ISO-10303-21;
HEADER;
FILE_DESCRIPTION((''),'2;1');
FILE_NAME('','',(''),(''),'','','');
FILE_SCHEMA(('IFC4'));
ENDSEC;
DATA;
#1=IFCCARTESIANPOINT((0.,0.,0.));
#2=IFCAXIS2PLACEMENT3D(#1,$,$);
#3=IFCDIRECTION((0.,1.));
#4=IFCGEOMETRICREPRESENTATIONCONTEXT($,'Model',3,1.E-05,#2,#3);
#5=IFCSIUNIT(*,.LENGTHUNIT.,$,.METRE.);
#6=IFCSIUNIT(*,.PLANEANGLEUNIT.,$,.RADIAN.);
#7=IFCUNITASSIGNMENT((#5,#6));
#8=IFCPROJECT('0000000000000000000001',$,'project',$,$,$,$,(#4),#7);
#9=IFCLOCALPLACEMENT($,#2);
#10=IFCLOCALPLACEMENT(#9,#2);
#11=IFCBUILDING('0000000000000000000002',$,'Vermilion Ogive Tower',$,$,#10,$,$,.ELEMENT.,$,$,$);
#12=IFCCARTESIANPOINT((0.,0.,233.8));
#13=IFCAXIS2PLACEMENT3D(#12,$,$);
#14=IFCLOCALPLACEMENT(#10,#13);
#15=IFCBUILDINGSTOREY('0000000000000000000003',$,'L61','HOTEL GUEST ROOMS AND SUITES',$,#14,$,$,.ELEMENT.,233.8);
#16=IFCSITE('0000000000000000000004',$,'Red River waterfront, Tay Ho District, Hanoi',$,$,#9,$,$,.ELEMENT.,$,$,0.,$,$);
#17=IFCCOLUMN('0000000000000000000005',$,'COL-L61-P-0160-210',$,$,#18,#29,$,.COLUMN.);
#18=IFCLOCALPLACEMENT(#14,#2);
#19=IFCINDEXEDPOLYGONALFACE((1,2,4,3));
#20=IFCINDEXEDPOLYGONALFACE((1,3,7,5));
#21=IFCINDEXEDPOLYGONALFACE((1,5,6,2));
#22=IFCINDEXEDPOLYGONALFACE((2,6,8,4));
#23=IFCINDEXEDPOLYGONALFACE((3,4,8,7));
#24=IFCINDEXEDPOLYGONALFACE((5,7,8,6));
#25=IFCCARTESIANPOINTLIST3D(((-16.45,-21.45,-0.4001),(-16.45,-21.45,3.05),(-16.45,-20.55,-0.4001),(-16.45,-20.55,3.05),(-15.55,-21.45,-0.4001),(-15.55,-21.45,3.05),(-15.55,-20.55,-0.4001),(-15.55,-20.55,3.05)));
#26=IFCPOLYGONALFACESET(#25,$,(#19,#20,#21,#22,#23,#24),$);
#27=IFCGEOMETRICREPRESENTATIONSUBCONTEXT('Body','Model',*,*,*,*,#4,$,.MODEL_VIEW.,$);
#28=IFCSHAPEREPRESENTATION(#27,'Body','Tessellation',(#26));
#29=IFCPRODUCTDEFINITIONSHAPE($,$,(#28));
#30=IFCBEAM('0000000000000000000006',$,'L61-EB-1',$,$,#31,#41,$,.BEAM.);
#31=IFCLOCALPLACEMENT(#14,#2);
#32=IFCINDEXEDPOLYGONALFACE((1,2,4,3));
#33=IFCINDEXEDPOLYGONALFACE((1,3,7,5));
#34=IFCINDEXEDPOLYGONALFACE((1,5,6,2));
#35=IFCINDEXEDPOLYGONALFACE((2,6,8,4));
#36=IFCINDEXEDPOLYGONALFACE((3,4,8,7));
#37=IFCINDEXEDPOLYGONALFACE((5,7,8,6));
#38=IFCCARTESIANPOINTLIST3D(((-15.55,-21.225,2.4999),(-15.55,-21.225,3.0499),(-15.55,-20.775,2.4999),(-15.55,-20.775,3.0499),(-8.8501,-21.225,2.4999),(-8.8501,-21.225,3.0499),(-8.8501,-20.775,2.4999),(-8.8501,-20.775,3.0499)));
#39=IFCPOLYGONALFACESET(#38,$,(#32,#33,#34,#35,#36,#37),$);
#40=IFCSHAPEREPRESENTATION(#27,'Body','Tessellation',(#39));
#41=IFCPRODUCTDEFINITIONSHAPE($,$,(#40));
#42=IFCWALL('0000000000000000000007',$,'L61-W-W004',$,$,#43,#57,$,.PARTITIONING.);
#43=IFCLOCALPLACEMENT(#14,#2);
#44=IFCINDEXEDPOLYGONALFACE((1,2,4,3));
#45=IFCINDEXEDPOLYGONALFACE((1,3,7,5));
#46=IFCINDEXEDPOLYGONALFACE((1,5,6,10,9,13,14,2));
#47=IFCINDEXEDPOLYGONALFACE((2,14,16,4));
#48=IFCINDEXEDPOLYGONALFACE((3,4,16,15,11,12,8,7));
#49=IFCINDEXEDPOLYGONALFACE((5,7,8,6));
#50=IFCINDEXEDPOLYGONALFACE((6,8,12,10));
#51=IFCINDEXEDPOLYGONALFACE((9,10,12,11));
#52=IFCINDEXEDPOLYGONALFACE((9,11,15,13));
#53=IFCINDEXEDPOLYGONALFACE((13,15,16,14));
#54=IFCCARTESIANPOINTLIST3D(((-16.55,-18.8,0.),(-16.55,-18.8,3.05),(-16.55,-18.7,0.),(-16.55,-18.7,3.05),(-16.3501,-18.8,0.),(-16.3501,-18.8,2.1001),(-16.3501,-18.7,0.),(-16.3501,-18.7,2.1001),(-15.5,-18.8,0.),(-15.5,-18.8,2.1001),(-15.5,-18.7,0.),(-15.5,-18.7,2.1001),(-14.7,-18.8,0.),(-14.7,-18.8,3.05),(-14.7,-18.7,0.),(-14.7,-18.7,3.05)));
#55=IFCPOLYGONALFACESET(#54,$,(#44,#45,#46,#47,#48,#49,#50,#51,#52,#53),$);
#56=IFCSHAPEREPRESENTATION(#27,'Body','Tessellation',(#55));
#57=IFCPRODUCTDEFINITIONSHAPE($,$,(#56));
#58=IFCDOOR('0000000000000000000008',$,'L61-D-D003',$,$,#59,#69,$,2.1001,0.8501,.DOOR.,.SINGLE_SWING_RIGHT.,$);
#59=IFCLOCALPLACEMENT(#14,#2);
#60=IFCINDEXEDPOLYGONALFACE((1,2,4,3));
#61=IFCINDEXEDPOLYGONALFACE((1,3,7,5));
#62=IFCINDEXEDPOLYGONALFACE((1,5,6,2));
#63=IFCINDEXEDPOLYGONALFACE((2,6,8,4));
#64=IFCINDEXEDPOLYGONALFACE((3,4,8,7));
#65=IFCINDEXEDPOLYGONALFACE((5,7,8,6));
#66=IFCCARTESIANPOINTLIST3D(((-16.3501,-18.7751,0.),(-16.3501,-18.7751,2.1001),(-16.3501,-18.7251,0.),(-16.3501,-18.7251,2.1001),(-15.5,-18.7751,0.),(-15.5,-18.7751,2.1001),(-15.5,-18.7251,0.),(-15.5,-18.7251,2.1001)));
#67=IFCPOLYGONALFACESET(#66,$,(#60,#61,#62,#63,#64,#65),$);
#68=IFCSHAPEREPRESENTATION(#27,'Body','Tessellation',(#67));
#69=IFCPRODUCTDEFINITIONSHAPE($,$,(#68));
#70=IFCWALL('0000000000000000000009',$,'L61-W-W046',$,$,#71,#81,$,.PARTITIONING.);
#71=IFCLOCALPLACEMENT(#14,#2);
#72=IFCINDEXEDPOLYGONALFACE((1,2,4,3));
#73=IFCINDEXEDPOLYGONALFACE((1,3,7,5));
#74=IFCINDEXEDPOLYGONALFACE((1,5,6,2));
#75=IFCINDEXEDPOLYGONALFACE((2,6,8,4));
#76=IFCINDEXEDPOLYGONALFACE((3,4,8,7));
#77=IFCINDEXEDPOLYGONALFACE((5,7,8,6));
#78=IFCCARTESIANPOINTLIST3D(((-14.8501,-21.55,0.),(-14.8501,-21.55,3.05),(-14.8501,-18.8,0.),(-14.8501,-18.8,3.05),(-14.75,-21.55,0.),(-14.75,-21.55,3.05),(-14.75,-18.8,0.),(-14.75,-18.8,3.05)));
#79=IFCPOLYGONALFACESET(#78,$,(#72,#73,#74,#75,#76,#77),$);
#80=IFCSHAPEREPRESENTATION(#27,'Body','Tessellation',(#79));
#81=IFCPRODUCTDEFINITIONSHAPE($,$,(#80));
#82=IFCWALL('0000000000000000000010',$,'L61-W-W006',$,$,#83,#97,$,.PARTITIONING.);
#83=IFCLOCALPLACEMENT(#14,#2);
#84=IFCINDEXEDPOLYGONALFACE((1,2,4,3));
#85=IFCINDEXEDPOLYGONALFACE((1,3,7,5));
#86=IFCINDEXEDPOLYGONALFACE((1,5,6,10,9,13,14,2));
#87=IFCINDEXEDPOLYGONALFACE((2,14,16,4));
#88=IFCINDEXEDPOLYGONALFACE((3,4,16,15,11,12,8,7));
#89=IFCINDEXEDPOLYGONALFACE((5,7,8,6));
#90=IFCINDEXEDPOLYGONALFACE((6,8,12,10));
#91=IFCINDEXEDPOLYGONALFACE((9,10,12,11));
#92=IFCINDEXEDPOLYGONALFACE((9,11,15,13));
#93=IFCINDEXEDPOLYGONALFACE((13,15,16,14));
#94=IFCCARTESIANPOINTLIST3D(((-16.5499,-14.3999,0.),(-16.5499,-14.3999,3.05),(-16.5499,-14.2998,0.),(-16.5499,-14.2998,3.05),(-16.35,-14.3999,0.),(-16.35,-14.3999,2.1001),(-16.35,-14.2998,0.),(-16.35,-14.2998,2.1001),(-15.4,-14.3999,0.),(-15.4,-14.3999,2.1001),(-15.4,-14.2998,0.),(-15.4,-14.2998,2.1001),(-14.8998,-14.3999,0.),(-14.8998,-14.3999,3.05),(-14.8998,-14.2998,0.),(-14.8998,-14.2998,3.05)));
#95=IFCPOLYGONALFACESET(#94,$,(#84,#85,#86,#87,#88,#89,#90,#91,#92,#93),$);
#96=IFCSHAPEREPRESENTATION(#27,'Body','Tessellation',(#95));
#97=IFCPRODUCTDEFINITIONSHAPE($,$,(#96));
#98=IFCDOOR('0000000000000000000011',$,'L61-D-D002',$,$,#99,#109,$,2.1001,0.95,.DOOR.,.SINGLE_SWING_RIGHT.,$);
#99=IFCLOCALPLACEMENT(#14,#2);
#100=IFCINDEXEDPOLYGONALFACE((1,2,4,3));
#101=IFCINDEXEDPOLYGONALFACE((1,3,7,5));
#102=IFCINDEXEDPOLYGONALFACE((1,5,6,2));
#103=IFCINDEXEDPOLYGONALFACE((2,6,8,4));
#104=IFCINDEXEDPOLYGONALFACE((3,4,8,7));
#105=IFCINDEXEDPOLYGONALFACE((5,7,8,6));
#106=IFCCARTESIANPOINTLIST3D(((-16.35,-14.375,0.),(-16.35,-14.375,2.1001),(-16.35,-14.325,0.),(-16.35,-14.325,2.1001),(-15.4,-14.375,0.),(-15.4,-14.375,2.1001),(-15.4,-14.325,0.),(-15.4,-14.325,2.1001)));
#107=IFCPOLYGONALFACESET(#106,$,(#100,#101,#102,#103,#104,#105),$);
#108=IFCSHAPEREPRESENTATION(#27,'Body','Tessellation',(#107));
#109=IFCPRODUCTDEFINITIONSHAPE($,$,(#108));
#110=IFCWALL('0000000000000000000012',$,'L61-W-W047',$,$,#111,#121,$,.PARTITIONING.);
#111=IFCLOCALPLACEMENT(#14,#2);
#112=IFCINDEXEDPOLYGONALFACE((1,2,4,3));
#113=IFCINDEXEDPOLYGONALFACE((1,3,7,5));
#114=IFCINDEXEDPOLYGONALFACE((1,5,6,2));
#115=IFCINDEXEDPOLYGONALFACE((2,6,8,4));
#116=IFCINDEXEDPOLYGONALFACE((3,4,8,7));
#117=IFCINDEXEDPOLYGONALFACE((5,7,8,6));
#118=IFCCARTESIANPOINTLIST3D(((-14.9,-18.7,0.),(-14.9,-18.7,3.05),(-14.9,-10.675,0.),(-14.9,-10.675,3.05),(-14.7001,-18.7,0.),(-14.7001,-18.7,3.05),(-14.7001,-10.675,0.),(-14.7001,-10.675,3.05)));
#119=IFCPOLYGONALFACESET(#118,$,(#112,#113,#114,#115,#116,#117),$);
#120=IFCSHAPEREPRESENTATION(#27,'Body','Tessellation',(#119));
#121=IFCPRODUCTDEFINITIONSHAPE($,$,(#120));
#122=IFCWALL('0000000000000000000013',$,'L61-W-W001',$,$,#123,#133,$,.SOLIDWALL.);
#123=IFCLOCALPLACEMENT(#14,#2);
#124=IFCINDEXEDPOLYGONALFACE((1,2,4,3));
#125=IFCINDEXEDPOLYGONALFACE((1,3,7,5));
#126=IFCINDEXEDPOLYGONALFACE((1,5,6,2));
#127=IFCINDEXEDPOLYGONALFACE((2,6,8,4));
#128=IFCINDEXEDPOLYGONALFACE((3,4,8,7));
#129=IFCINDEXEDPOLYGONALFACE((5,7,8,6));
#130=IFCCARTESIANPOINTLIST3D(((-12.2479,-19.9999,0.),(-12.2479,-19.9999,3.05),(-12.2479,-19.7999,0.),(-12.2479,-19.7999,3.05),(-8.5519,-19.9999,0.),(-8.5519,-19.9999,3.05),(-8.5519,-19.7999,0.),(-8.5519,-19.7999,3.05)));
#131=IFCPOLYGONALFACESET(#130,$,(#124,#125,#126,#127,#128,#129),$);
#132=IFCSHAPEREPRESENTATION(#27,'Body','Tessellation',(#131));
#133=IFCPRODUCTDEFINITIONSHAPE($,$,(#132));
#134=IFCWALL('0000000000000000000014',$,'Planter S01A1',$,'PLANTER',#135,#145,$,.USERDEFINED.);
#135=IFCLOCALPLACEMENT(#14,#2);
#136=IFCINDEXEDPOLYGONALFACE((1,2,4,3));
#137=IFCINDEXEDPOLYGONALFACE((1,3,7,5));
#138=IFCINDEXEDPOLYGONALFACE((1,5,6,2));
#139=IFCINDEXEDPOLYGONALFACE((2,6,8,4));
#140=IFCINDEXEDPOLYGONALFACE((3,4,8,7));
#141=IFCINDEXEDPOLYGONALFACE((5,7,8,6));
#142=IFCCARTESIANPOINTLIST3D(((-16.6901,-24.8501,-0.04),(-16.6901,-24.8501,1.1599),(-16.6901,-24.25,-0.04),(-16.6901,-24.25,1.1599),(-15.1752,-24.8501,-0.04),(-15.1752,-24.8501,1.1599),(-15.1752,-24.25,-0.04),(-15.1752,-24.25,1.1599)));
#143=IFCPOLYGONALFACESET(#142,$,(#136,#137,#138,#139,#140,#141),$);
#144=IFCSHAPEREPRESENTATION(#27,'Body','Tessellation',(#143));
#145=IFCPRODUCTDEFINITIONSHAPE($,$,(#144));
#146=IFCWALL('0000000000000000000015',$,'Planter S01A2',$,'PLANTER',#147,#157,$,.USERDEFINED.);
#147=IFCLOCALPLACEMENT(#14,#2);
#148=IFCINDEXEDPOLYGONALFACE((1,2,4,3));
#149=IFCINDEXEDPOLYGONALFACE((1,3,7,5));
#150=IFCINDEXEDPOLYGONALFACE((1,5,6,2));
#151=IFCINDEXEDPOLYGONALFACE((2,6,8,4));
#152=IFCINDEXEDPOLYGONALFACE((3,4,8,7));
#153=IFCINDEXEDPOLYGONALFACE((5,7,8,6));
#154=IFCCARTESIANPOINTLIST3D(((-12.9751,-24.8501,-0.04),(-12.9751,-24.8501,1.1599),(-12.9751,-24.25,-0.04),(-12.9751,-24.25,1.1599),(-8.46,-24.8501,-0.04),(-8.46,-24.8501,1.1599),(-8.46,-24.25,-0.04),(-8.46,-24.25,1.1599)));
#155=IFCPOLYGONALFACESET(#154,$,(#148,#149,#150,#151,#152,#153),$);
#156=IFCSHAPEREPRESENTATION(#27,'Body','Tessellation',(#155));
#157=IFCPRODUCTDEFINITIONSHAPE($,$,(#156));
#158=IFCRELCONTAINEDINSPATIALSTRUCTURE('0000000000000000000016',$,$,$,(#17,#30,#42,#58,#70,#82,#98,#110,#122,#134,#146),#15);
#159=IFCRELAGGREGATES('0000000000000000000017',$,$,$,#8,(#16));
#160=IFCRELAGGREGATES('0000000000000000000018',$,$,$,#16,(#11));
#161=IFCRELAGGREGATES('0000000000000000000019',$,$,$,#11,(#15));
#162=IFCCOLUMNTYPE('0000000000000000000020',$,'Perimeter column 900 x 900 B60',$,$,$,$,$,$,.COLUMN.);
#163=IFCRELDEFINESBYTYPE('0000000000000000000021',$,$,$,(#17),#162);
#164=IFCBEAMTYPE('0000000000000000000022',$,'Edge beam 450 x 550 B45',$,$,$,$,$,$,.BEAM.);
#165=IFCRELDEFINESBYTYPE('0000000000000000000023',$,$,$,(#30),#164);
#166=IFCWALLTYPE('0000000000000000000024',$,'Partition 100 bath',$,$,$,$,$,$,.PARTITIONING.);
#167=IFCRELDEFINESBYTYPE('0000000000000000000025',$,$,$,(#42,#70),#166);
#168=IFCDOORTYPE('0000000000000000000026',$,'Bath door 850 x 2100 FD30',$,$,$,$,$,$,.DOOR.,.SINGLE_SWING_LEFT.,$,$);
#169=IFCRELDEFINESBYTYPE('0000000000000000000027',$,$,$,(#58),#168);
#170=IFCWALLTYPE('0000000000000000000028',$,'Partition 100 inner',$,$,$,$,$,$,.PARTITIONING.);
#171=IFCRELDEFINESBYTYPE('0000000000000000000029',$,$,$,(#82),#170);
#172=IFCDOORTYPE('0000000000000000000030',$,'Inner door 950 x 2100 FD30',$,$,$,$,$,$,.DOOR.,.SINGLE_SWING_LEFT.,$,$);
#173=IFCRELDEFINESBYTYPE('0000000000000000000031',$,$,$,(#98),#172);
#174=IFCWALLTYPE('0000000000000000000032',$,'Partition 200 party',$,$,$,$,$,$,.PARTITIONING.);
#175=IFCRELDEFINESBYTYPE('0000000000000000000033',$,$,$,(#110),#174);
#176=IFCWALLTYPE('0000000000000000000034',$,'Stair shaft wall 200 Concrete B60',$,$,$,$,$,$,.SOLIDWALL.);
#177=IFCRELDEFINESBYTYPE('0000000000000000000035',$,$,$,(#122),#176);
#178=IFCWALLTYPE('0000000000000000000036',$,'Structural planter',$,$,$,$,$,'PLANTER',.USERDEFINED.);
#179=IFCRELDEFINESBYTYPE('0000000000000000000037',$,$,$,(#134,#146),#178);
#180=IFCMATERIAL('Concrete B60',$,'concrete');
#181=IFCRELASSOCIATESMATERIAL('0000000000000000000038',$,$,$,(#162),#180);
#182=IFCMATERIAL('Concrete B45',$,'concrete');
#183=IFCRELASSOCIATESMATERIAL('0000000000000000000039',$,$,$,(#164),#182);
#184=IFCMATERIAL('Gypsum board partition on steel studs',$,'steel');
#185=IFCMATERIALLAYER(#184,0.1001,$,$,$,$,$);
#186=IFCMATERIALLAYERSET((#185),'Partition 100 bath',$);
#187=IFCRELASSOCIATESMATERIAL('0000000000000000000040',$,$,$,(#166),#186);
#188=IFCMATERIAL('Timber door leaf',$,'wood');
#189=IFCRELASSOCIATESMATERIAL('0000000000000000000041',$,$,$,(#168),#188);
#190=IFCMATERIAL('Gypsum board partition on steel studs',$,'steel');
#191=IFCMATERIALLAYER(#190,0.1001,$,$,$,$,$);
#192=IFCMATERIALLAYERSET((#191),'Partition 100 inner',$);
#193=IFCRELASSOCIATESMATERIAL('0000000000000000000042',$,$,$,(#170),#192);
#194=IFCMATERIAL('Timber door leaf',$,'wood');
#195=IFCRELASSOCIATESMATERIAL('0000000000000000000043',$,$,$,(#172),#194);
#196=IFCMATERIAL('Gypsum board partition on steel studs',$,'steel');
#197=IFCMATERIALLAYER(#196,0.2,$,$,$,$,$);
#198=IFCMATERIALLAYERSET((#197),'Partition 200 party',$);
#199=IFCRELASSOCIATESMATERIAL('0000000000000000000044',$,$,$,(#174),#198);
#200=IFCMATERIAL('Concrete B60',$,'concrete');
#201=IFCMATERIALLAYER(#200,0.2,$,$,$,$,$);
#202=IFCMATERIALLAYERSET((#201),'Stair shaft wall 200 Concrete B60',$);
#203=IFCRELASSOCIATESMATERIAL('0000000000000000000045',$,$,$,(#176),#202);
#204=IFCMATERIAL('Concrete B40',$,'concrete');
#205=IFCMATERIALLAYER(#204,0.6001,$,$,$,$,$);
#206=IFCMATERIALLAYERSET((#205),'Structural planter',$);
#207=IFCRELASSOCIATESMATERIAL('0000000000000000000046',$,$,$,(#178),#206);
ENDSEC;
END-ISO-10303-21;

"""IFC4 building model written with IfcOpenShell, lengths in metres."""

from ifc_helpers import new_model, si_unit, direction, frame, frame_2d, origin, origin_2d, place, context, subcontext, project, spatial, rectangle, extrude, material, layer, layer_set, material_profile, profile_set, type_object, element, fill, save


model = new_model("IFC4")

# Units and contexts
model_context = context("Model", 3, precision=1e-05, world=origin(), true_north=direction((0.0, 1.0)))
body_context = subcontext(model_context, "Body", "Model", "MODEL_VIEW")
ifc_project = project(units=[si_unit("LENGTHUNIT", "METRE"), si_unit("PLANEANGLEUNIT", "RADIAN")], contexts=[model_context])

# Site, building, storey
site_placement = place(None, origin())
site = spatial("IfcSite", under=ifc_project, at=site_placement, Name="Red River waterfront, Tay Ho District, Hanoi", CompositionType="ELEMENT", RefElevation=0.0)
building_placement = place(site_placement, origin())
building = spatial("IfcBuilding", under=site, at=building_placement, Name="Vermilion Ogive Tower", CompositionType="ELEMENT")
storey_placement = place(building_placement, frame((0.0, 0.0, 233.8)))
storey = spatial("IfcBuildingStorey", under=building, at=storey_placement, Name="L61", Description="HOTEL GUEST ROOMS AND SUITES", CompositionType="ELEMENT", Elevation=233.8)

# Column
ifc_material_1 = material(Name="Concrete B60", Category="concrete")
ifc_material_profile_1 = material_profile(ifc_material_1, rectangle(XDim=0.8999, YDim=0.8999, at=origin_2d()), Name="900 x 900")
ifc_profile_set_1 = profile_set([ifc_material_profile_1], Name="Concrete B60")
column_type = type_object("IfcColumnType", Name="Perimeter column 900 x 900 B60", PredefinedType="COLUMN", material=ifc_profile_set_1)
column_placement = place(storey_placement, frame((-16.0, -21.0, -0.4001), z_axis=(0.0, 0.0, 1.0), x_axis=(1.0, 0.0, 0.0)))
element("IfcColumn", 1, at=column_placement, inside=storey, type_object=column_type, Name="COL-L61-P-0160-210", PredefinedType="COLUMN", context=body_context, shape_type="SweptSolid", body=[
    extrude(rectangle(XDim=0.8999, YDim=0.8999, at=origin_2d()), origin(), (0.0, 0.0, 1.0), 3.4502),
])

# Beam
ifc_material_2 = material(Name="Concrete B45", Category="concrete")
ifc_material_profile_2 = material_profile(ifc_material_2, rectangle(XDim=0.45, YDim=0.55, at=origin_2d()), Name="450 x 550")
ifc_profile_set_2 = profile_set([ifc_material_profile_2], Name="Concrete B45")
beam_type = type_object("IfcBeamType", Name="Edge beam 450 x 550 B45", PredefinedType="BEAM", material=ifc_profile_set_2)
beam_placement = place(storey_placement, frame((-15.55, -21.0, 2.7749), z_axis=(1.0, 0.0, 0.0), x_axis=(0.0, 1.0, 0.0)))
element("IfcBeam", 2, at=beam_placement, inside=storey, type_object=beam_type, Name="L61-EB-1", PredefinedType="BEAM", context=body_context, shape_type="SweptSolid", body=[
    extrude(rectangle(XDim=0.45, YDim=0.55, at=origin_2d()), origin(), (0.0, 0.0, 1.0), 6.7),
])

# Wall, opening, door
ifc_material_3 = material(Name="Gypsum board partition on steel studs", Category="steel")
ifc_layer_1 = layer(ifc_material_3, 0.1001)
ifc_layer_set_1 = layer_set([ifc_layer_1], Name="Partition 100 bath")
wall_type_1 = type_object("IfcWallType", Name="Partition 100 bath", PredefinedType="PARTITIONING", material=ifc_layer_set_1)
wall_1_placement = place(storey_placement, frame((-16.55, -18.75, 0.0), z_axis=(0.0, 0.0, 1.0), x_axis=(1.0, 0.0, 0.0)))
wall_1 = element("IfcWall", 3, at=wall_1_placement, inside=storey, type_object=wall_type_1, Name="L61-W-W004", PredefinedType="PARTITIONING", context=body_context, shape_type="SweptSolid", body=[
    extrude(rectangle(XDim=1.8501, YDim=0.1001, at=frame_2d((0.925, 0.0))), origin(), (0.0, 0.0, 1.0), 3.05),
])
opening_1_placement = place(wall_1_placement, frame((0.2, 0.0, 0.0)))
opening_1 = element("IfcOpeningElement", 4, at=opening_1_placement, cuts=wall_1, PredefinedType="OPENING", context=body_context, shape_type="SweptSolid", body=[
    extrude(rectangle(XDim=0.8501, YDim=2.1001, at=frame_2d((0.425, 1.05))), frame((0.0, 0.0601, 0.0), z_axis=(0.0, -1.0, 0.0), x_axis=(1.0, 0.0, 0.0)), (0.0, 0.0, 1.0), 0.1201),
])
ifc_material_4 = material(Name="Timber door leaf", Category="wood")
door_type_1 = type_object("IfcDoorType", Name="Bath door 850 x 2100 FD30", OperationType="SINGLE_SWING_LEFT", PredefinedType="DOOR", material=ifc_material_4)
door_1_placement = place(opening_1_placement, origin())
door_1 = element("IfcDoor", 5, at=door_1_placement, inside=storey, type_object=door_type_1, Name="L61-D-D003", OperationType="SINGLE_SWING_RIGHT", OverallHeight=2.1001, OverallWidth=0.8501, PredefinedType="DOOR", context=body_context, shape_type="SweptSolid", body=[
    extrude(rectangle(XDim=0.8501, YDim=2.1001, at=frame_2d((0.425, 1.05))), frame((0.0, 0.0249, 0.0), z_axis=(0.0, -1.0, 0.0), x_axis=(1.0, 0.0, 0.0)), (0.0, 0.0, 1.0), 0.05),
])
fill(opening_1, door_1)

# Wall
wall_2_placement = place(storey_placement, frame((-14.8, -21.55, 0.0), z_axis=(0.0, 0.0, 1.0), x_axis=(0.0, 1.0, 0.0)))
element("IfcWall", 6, at=wall_2_placement, inside=storey, type_object=wall_type_1, Name="L61-W-W046", PredefinedType="PARTITIONING", context=body_context, shape_type="SweptSolid", body=[
    extrude(rectangle(XDim=2.75, YDim=0.1001, at=frame_2d((1.375, 0.0))), origin(), (0.0, 0.0, 1.0), 3.05),
])

# Wall, opening, door
ifc_material_5 = material(Name="Gypsum board partition on steel studs", Category="steel")
ifc_layer_2 = layer(ifc_material_5, 0.1001)
ifc_layer_set_2 = layer_set([ifc_layer_2], Name="Partition 100 inner")
wall_type_2 = type_object("IfcWallType", Name="Partition 100 inner", PredefinedType="PARTITIONING", material=ifc_layer_set_2)
wall_3_placement = place(storey_placement, frame((-16.55, -14.3499, 0.0), z_axis=(0.0, 0.0, 1.0), x_axis=(1.0, 0.0, 0.0)))
wall_3 = element("IfcWall", 7, at=wall_3_placement, inside=storey, type_object=wall_type_2, Name="L61-W-W006", PredefinedType="PARTITIONING", context=body_context, shape_type="SweptSolid", body=[
    extrude(rectangle(XDim=1.6501, YDim=0.1001, at=frame_2d((0.8252, 0.0))), origin(), (0.0, 0.0, 1.0), 3.05),
])
opening_2_placement = place(wall_3_placement, frame((0.2, 0.0, 0.0)))
opening_2 = element("IfcOpeningElement", 8, at=opening_2_placement, cuts=wall_3, PredefinedType="OPENING", context=body_context, shape_type="SweptSolid", body=[
    extrude(rectangle(XDim=0.95, YDim=2.1001, at=frame_2d((0.4751, 1.05))), frame((0.0, 0.0601, 0.0), z_axis=(0.0, -1.0, 0.0), x_axis=(1.0, 0.0, 0.0)), (0.0, 0.0, 1.0), 0.1201),
])
ifc_material_6 = material(Name="Timber door leaf", Category="wood")
door_type_2 = type_object("IfcDoorType", Name="Inner door 950 x 2100 FD30", OperationType="SINGLE_SWING_LEFT", PredefinedType="DOOR", material=ifc_material_6)
door_2_placement = place(opening_2_placement, origin())
door_2 = element("IfcDoor", 9, at=door_2_placement, inside=storey, type_object=door_type_2, Name="L61-D-D002", OperationType="SINGLE_SWING_RIGHT", OverallHeight=2.1001, OverallWidth=0.95, PredefinedType="DOOR", context=body_context, shape_type="SweptSolid", body=[
    extrude(rectangle(XDim=0.95, YDim=2.1001, at=frame_2d((0.4751, 1.05))), frame((0.0, 0.0249, 0.0), z_axis=(0.0, -1.0, 0.0), x_axis=(1.0, 0.0, 0.0)), (0.0, 0.0, 1.0), 0.05),
])
fill(opening_2, door_2)

# Walls
ifc_material_7 = material(Name="Gypsum board partition on steel studs", Category="steel")
ifc_layer_3 = layer(ifc_material_7, 0.2)
ifc_layer_set_3 = layer_set([ifc_layer_3], Name="Partition 200 party")
wall_type_3 = type_object("IfcWallType", Name="Partition 200 party", PredefinedType="PARTITIONING", material=ifc_layer_set_3)
wall_4_placement = place(storey_placement, frame((-14.8, -18.7, 0.0), z_axis=(0.0, 0.0, 1.0), x_axis=(0.0, 1.0, 0.0)))
element("IfcWall", 10, at=wall_4_placement, inside=storey, type_object=wall_type_3, Name="L61-W-W047", PredefinedType="PARTITIONING", context=body_context, shape_type="SweptSolid", body=[
    extrude(rectangle(XDim=8.0249, YDim=0.2, at=frame_2d((4.0125, 0.0))), origin(), (0.0, 0.0, 1.0), 3.05),
])
ifc_material_8 = material(Name="Concrete B60", Category="concrete")
ifc_layer_4 = layer(ifc_material_8, 0.2)
ifc_layer_set_4 = layer_set([ifc_layer_4], Name="Stair shaft wall 200 Concrete B60")
wall_type_4 = type_object("IfcWallType", Name="Stair shaft wall 200 Concrete B60", PredefinedType="SOLIDWALL", material=ifc_layer_set_4)
wall_5_placement = place(storey_placement, frame((-12.248, -19.8999, 0.0), z_axis=(0.0, 0.0, 1.0), x_axis=(1.0, 0.0, 0.0)))
element("IfcWall", 11, at=wall_5_placement, inside=storey, type_object=wall_type_4, Name="L61-W-W001", PredefinedType="SOLIDWALL", context=body_context, shape_type="SweptSolid", body=[
    extrude(rectangle(XDim=3.696, YDim=0.2, at=frame_2d((1.8481, 0.0))), origin(), (0.0, 0.0, 1.0), 3.05),
])
ifc_material_9 = material(Name="Concrete B40", Category="concrete")
ifc_layer_5 = layer(ifc_material_9, 0.6001)
ifc_layer_set_5 = layer_set([ifc_layer_5], Name="Structural planter")
wall_type_5 = type_object("IfcWallType", Name="Structural planter", ElementType="PLANTER", PredefinedType="USERDEFINED", material=ifc_layer_set_5)
wall_6_placement = place(storey_placement, frame((-16.6899, -24.55, -0.04), z_axis=(0.0, 0.0, 1.0), x_axis=(1.0, 0.0, 0.0)))
element("IfcWall", 12, at=wall_6_placement, inside=storey, type_object=wall_type_5, Name="Planter S01A1", ObjectType="PLANTER", PredefinedType="USERDEFINED", context=body_context, shape_type="SweptSolid", body=[
    extrude(rectangle(XDim=1.5149, YDim=0.6001, at=frame_2d((0.7573, 0.0))), origin(), (0.0, 0.0, 1.0), 1.2),
])
wall_7_placement = place(storey_placement, frame((-12.9751, -24.55, -0.04), z_axis=(0.0, 0.0, 1.0), x_axis=(1.0, 0.0, 0.0)))
element("IfcWall", 13, at=wall_7_placement, inside=storey, type_object=wall_type_5, Name="Planter S01A2", ObjectType="PLANTER", PredefinedType="USERDEFINED", context=body_context, shape_type="SweptSolid", body=[
    extrude(rectangle(XDim=4.5151, YDim=0.6001, at=frame_2d((2.2576, 0.0))), origin(), (0.0, 0.0, 1.0), 1.2),
])

save(model, "model.ifc")
